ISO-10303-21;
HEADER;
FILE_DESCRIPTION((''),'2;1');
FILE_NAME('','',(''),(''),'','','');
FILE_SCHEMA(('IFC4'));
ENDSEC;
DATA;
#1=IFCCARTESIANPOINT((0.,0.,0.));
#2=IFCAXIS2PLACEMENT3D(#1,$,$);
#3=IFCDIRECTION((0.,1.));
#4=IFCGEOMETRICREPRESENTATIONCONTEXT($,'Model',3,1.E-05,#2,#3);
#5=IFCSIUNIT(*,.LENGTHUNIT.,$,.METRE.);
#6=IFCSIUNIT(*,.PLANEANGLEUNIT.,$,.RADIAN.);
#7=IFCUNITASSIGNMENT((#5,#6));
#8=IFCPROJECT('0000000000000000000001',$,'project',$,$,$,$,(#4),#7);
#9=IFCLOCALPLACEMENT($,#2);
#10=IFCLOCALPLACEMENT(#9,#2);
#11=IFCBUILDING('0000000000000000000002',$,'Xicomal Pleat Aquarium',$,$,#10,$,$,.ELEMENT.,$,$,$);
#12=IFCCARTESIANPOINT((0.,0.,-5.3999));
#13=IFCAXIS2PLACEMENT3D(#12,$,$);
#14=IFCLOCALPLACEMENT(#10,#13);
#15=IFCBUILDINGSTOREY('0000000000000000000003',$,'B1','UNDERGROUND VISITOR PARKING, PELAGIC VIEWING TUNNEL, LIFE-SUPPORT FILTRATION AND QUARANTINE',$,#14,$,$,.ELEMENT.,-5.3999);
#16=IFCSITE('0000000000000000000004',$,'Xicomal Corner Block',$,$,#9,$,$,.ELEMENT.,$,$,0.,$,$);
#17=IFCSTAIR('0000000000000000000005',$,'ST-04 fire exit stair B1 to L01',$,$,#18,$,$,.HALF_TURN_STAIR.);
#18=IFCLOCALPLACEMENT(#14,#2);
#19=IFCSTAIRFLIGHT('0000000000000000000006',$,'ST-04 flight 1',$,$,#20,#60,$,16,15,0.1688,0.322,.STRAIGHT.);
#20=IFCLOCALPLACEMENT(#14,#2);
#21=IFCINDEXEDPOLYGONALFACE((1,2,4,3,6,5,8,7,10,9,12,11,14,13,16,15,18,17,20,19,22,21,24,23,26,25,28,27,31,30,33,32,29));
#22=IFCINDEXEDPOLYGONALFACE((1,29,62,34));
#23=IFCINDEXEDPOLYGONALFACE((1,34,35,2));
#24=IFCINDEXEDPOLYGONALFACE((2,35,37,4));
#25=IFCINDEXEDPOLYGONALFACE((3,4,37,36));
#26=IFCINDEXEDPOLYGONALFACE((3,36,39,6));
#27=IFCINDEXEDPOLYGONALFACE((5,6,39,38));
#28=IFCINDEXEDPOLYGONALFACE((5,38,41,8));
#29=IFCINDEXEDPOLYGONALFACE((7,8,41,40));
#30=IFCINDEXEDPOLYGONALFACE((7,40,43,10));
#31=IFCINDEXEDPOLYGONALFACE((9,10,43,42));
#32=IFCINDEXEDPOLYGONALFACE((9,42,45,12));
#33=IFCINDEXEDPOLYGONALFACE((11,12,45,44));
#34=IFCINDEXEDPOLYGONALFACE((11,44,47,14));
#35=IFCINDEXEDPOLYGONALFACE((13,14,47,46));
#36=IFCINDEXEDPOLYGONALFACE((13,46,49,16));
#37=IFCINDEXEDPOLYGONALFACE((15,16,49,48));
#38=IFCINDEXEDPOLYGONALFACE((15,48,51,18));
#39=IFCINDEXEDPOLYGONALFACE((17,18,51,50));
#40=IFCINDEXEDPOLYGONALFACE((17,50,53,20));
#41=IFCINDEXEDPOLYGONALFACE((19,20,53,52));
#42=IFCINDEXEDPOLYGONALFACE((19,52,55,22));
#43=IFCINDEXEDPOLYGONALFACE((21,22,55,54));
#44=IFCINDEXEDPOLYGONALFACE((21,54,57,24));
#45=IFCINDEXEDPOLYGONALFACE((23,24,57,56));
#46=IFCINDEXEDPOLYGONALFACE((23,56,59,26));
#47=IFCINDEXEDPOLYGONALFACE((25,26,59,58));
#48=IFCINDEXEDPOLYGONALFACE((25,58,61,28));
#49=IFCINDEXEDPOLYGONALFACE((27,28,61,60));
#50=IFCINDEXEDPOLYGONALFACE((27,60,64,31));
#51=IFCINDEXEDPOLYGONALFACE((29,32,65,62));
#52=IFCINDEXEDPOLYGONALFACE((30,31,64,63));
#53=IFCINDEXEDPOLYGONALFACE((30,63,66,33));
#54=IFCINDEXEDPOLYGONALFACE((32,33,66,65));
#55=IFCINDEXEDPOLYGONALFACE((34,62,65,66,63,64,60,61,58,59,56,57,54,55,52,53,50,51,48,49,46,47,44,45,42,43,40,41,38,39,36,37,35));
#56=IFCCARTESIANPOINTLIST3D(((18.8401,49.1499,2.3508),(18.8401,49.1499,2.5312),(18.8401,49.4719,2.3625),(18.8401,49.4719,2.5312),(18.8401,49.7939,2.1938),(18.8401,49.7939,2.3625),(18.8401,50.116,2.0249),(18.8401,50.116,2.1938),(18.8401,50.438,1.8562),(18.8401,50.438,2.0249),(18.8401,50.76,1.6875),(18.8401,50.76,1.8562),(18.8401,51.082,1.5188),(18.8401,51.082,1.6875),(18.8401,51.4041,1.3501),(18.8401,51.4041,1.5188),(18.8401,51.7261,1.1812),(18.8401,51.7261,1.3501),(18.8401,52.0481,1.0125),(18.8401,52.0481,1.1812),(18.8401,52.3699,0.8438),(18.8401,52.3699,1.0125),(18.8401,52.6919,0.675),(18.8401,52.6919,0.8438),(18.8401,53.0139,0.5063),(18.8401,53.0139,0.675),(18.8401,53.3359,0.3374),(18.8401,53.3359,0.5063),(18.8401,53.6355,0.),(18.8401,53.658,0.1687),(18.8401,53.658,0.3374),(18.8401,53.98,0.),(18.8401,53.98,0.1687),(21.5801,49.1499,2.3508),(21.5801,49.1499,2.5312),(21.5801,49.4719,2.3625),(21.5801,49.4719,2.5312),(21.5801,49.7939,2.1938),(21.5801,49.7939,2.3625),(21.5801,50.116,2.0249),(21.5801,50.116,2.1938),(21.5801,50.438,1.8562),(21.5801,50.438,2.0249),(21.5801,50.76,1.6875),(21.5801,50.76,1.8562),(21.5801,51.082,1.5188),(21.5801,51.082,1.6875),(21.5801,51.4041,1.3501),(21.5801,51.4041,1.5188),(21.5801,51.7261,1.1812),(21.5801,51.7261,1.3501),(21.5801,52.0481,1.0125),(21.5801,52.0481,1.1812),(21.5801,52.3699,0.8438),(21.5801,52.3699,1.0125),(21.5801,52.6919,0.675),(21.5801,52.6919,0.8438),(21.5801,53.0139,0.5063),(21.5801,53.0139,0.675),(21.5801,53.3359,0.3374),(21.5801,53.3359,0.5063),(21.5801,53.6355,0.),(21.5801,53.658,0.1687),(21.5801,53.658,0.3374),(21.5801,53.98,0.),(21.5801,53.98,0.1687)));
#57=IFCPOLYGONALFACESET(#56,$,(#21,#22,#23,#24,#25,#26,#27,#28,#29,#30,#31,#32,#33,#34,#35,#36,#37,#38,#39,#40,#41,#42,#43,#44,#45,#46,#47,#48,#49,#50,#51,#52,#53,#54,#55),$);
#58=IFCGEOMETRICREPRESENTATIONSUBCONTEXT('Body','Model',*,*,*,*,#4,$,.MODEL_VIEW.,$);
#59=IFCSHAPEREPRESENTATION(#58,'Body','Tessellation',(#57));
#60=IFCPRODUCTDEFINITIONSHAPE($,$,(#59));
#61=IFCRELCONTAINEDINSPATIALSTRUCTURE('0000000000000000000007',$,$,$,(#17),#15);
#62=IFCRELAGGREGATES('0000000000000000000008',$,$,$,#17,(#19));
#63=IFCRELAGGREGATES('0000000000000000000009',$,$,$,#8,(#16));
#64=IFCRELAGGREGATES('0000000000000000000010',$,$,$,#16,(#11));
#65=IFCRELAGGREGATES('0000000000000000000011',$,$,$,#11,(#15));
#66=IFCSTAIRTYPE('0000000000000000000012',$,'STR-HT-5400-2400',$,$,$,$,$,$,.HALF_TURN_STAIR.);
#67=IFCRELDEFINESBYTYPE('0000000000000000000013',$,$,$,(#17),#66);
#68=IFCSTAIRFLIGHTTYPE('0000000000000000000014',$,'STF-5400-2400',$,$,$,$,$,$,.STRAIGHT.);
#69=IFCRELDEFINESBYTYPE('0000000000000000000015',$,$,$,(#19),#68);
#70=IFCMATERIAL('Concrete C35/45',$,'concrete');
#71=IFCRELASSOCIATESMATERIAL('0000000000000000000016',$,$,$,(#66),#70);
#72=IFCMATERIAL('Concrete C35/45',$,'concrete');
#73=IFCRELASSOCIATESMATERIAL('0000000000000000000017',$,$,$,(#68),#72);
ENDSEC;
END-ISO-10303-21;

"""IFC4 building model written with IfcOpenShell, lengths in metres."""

from ifc_helpers import new_model, si_unit, direction, frame, origin, place, context, subcontext, project, spatial, polyline, outline, extrude, material, type_object, element, aggregate, save


model = new_model("IFC4")

# Units and contexts
model_context = context("Model", 3, precision=1e-05, world=origin(), true_north=direction((0.0, 1.0)))
body_context = subcontext(model_context, "Body", "Model", "MODEL_VIEW")
ifc_project = project(units=[si_unit("LENGTHUNIT", "METRE"), si_unit("PLANEANGLEUNIT", "RADIAN")], contexts=[model_context])

# Site, building, storey
site_placement = place(None, origin())
site = spatial("IfcSite", under=ifc_project, at=site_placement, Name="Xicomal Corner Block", CompositionType="ELEMENT", RefElevation=0.0)
building_placement = place(site_placement, origin())
building = spatial("IfcBuilding", under=site, at=building_placement, Name="Xicomal Pleat Aquarium", CompositionType="ELEMENT")
storey_placement = place(building_placement, frame((0.0, 0.0, -5.3999)))
storey = spatial("IfcBuildingStorey", under=building, at=storey_placement, Name="B1", Description="UNDERGROUND VISITOR PARKING, PELAGIC VIEWING TUNNEL, LIFE-SUPPORT FILTRATION AND QUARANTINE", CompositionType="ELEMENT", Elevation=-5.3999)

# Stair, stair flight
ifc_material_1 = material(Name="Concrete C35/45", Category="concrete")
stair_type = type_object("IfcStairType", Name="STR-HT-5400-2400", PredefinedType="HALF_TURN_STAIR", material=ifc_material_1)
stair_placement = place(storey_placement, origin())
stair = element("IfcStair", 1, at=stair_placement, inside=storey, type_object=stair_type, Name="ST-04 fire exit stair B1 to L01", PredefinedType="HALF_TURN_STAIR")
ifc_material_2 = material(Name="Concrete C35/45", Category="concrete")
stair_flight_type = type_object("IfcStairFlightType", Name="STF-5400-2400", PredefinedType="STRAIGHT", material=ifc_material_2)
stair_flight_placement = place(storey_placement, frame((20.21, 53.98, 0.0), z_axis=(0.0, 0.0, 1.0), x_axis=(0.0, -1.0, 0.0)))
stair_flight = element("IfcStairFlight", 2, at=stair_flight_placement, type_object=stair_flight_type, Name="ST-04 flight 1", NumberOfRisers=16, NumberOfTreads=15, PredefinedType="STRAIGHT", RiserHeight=0.1688, TreadLength=0.322, context=body_context, shape_type="SweptSolid", body=[
    extrude(outline(polyline([(0.0, 0.0), (0.0, 0.1687), (0.322, 0.1687), (0.322, 0.3374), (0.644, 0.3374), (0.644, 0.5063), (0.9661, 0.5063), (0.9661, 0.675), (1.2881, 0.675), (1.2881, 0.8438), (1.6101, 0.8438), (1.6101, 1.0125), (1.9319, 1.0125), (1.9319, 1.1812), (2.2539, 1.1812), (2.2539, 1.3501), (2.5759, 1.3501), (2.5759, 1.5188), (2.8979, 1.5188), (2.8979, 1.6875), (3.22, 1.6875), (3.22, 1.8562), (3.542, 1.8562), (3.542, 2.0249), (3.864, 2.0249), (3.864, 2.1938), (4.186, 2.1938), (4.186, 2.3625), (4.5081, 2.3625), (4.5081, 2.5312), (4.8301, 2.5312), (4.8301, 2.7), (4.8301, 2.3508), (0.3445, 0.0), (0.0, 0.0)])), frame((0.0, 1.3701, 0.0), z_axis=(0.0, -1.0, 0.0), x_axis=(1.0, 0.0, 0.0)), (0.0, 0.0, 1.0), 2.74),
])
aggregate(stair, [stair_flight])

save(model, "model.ifc")
